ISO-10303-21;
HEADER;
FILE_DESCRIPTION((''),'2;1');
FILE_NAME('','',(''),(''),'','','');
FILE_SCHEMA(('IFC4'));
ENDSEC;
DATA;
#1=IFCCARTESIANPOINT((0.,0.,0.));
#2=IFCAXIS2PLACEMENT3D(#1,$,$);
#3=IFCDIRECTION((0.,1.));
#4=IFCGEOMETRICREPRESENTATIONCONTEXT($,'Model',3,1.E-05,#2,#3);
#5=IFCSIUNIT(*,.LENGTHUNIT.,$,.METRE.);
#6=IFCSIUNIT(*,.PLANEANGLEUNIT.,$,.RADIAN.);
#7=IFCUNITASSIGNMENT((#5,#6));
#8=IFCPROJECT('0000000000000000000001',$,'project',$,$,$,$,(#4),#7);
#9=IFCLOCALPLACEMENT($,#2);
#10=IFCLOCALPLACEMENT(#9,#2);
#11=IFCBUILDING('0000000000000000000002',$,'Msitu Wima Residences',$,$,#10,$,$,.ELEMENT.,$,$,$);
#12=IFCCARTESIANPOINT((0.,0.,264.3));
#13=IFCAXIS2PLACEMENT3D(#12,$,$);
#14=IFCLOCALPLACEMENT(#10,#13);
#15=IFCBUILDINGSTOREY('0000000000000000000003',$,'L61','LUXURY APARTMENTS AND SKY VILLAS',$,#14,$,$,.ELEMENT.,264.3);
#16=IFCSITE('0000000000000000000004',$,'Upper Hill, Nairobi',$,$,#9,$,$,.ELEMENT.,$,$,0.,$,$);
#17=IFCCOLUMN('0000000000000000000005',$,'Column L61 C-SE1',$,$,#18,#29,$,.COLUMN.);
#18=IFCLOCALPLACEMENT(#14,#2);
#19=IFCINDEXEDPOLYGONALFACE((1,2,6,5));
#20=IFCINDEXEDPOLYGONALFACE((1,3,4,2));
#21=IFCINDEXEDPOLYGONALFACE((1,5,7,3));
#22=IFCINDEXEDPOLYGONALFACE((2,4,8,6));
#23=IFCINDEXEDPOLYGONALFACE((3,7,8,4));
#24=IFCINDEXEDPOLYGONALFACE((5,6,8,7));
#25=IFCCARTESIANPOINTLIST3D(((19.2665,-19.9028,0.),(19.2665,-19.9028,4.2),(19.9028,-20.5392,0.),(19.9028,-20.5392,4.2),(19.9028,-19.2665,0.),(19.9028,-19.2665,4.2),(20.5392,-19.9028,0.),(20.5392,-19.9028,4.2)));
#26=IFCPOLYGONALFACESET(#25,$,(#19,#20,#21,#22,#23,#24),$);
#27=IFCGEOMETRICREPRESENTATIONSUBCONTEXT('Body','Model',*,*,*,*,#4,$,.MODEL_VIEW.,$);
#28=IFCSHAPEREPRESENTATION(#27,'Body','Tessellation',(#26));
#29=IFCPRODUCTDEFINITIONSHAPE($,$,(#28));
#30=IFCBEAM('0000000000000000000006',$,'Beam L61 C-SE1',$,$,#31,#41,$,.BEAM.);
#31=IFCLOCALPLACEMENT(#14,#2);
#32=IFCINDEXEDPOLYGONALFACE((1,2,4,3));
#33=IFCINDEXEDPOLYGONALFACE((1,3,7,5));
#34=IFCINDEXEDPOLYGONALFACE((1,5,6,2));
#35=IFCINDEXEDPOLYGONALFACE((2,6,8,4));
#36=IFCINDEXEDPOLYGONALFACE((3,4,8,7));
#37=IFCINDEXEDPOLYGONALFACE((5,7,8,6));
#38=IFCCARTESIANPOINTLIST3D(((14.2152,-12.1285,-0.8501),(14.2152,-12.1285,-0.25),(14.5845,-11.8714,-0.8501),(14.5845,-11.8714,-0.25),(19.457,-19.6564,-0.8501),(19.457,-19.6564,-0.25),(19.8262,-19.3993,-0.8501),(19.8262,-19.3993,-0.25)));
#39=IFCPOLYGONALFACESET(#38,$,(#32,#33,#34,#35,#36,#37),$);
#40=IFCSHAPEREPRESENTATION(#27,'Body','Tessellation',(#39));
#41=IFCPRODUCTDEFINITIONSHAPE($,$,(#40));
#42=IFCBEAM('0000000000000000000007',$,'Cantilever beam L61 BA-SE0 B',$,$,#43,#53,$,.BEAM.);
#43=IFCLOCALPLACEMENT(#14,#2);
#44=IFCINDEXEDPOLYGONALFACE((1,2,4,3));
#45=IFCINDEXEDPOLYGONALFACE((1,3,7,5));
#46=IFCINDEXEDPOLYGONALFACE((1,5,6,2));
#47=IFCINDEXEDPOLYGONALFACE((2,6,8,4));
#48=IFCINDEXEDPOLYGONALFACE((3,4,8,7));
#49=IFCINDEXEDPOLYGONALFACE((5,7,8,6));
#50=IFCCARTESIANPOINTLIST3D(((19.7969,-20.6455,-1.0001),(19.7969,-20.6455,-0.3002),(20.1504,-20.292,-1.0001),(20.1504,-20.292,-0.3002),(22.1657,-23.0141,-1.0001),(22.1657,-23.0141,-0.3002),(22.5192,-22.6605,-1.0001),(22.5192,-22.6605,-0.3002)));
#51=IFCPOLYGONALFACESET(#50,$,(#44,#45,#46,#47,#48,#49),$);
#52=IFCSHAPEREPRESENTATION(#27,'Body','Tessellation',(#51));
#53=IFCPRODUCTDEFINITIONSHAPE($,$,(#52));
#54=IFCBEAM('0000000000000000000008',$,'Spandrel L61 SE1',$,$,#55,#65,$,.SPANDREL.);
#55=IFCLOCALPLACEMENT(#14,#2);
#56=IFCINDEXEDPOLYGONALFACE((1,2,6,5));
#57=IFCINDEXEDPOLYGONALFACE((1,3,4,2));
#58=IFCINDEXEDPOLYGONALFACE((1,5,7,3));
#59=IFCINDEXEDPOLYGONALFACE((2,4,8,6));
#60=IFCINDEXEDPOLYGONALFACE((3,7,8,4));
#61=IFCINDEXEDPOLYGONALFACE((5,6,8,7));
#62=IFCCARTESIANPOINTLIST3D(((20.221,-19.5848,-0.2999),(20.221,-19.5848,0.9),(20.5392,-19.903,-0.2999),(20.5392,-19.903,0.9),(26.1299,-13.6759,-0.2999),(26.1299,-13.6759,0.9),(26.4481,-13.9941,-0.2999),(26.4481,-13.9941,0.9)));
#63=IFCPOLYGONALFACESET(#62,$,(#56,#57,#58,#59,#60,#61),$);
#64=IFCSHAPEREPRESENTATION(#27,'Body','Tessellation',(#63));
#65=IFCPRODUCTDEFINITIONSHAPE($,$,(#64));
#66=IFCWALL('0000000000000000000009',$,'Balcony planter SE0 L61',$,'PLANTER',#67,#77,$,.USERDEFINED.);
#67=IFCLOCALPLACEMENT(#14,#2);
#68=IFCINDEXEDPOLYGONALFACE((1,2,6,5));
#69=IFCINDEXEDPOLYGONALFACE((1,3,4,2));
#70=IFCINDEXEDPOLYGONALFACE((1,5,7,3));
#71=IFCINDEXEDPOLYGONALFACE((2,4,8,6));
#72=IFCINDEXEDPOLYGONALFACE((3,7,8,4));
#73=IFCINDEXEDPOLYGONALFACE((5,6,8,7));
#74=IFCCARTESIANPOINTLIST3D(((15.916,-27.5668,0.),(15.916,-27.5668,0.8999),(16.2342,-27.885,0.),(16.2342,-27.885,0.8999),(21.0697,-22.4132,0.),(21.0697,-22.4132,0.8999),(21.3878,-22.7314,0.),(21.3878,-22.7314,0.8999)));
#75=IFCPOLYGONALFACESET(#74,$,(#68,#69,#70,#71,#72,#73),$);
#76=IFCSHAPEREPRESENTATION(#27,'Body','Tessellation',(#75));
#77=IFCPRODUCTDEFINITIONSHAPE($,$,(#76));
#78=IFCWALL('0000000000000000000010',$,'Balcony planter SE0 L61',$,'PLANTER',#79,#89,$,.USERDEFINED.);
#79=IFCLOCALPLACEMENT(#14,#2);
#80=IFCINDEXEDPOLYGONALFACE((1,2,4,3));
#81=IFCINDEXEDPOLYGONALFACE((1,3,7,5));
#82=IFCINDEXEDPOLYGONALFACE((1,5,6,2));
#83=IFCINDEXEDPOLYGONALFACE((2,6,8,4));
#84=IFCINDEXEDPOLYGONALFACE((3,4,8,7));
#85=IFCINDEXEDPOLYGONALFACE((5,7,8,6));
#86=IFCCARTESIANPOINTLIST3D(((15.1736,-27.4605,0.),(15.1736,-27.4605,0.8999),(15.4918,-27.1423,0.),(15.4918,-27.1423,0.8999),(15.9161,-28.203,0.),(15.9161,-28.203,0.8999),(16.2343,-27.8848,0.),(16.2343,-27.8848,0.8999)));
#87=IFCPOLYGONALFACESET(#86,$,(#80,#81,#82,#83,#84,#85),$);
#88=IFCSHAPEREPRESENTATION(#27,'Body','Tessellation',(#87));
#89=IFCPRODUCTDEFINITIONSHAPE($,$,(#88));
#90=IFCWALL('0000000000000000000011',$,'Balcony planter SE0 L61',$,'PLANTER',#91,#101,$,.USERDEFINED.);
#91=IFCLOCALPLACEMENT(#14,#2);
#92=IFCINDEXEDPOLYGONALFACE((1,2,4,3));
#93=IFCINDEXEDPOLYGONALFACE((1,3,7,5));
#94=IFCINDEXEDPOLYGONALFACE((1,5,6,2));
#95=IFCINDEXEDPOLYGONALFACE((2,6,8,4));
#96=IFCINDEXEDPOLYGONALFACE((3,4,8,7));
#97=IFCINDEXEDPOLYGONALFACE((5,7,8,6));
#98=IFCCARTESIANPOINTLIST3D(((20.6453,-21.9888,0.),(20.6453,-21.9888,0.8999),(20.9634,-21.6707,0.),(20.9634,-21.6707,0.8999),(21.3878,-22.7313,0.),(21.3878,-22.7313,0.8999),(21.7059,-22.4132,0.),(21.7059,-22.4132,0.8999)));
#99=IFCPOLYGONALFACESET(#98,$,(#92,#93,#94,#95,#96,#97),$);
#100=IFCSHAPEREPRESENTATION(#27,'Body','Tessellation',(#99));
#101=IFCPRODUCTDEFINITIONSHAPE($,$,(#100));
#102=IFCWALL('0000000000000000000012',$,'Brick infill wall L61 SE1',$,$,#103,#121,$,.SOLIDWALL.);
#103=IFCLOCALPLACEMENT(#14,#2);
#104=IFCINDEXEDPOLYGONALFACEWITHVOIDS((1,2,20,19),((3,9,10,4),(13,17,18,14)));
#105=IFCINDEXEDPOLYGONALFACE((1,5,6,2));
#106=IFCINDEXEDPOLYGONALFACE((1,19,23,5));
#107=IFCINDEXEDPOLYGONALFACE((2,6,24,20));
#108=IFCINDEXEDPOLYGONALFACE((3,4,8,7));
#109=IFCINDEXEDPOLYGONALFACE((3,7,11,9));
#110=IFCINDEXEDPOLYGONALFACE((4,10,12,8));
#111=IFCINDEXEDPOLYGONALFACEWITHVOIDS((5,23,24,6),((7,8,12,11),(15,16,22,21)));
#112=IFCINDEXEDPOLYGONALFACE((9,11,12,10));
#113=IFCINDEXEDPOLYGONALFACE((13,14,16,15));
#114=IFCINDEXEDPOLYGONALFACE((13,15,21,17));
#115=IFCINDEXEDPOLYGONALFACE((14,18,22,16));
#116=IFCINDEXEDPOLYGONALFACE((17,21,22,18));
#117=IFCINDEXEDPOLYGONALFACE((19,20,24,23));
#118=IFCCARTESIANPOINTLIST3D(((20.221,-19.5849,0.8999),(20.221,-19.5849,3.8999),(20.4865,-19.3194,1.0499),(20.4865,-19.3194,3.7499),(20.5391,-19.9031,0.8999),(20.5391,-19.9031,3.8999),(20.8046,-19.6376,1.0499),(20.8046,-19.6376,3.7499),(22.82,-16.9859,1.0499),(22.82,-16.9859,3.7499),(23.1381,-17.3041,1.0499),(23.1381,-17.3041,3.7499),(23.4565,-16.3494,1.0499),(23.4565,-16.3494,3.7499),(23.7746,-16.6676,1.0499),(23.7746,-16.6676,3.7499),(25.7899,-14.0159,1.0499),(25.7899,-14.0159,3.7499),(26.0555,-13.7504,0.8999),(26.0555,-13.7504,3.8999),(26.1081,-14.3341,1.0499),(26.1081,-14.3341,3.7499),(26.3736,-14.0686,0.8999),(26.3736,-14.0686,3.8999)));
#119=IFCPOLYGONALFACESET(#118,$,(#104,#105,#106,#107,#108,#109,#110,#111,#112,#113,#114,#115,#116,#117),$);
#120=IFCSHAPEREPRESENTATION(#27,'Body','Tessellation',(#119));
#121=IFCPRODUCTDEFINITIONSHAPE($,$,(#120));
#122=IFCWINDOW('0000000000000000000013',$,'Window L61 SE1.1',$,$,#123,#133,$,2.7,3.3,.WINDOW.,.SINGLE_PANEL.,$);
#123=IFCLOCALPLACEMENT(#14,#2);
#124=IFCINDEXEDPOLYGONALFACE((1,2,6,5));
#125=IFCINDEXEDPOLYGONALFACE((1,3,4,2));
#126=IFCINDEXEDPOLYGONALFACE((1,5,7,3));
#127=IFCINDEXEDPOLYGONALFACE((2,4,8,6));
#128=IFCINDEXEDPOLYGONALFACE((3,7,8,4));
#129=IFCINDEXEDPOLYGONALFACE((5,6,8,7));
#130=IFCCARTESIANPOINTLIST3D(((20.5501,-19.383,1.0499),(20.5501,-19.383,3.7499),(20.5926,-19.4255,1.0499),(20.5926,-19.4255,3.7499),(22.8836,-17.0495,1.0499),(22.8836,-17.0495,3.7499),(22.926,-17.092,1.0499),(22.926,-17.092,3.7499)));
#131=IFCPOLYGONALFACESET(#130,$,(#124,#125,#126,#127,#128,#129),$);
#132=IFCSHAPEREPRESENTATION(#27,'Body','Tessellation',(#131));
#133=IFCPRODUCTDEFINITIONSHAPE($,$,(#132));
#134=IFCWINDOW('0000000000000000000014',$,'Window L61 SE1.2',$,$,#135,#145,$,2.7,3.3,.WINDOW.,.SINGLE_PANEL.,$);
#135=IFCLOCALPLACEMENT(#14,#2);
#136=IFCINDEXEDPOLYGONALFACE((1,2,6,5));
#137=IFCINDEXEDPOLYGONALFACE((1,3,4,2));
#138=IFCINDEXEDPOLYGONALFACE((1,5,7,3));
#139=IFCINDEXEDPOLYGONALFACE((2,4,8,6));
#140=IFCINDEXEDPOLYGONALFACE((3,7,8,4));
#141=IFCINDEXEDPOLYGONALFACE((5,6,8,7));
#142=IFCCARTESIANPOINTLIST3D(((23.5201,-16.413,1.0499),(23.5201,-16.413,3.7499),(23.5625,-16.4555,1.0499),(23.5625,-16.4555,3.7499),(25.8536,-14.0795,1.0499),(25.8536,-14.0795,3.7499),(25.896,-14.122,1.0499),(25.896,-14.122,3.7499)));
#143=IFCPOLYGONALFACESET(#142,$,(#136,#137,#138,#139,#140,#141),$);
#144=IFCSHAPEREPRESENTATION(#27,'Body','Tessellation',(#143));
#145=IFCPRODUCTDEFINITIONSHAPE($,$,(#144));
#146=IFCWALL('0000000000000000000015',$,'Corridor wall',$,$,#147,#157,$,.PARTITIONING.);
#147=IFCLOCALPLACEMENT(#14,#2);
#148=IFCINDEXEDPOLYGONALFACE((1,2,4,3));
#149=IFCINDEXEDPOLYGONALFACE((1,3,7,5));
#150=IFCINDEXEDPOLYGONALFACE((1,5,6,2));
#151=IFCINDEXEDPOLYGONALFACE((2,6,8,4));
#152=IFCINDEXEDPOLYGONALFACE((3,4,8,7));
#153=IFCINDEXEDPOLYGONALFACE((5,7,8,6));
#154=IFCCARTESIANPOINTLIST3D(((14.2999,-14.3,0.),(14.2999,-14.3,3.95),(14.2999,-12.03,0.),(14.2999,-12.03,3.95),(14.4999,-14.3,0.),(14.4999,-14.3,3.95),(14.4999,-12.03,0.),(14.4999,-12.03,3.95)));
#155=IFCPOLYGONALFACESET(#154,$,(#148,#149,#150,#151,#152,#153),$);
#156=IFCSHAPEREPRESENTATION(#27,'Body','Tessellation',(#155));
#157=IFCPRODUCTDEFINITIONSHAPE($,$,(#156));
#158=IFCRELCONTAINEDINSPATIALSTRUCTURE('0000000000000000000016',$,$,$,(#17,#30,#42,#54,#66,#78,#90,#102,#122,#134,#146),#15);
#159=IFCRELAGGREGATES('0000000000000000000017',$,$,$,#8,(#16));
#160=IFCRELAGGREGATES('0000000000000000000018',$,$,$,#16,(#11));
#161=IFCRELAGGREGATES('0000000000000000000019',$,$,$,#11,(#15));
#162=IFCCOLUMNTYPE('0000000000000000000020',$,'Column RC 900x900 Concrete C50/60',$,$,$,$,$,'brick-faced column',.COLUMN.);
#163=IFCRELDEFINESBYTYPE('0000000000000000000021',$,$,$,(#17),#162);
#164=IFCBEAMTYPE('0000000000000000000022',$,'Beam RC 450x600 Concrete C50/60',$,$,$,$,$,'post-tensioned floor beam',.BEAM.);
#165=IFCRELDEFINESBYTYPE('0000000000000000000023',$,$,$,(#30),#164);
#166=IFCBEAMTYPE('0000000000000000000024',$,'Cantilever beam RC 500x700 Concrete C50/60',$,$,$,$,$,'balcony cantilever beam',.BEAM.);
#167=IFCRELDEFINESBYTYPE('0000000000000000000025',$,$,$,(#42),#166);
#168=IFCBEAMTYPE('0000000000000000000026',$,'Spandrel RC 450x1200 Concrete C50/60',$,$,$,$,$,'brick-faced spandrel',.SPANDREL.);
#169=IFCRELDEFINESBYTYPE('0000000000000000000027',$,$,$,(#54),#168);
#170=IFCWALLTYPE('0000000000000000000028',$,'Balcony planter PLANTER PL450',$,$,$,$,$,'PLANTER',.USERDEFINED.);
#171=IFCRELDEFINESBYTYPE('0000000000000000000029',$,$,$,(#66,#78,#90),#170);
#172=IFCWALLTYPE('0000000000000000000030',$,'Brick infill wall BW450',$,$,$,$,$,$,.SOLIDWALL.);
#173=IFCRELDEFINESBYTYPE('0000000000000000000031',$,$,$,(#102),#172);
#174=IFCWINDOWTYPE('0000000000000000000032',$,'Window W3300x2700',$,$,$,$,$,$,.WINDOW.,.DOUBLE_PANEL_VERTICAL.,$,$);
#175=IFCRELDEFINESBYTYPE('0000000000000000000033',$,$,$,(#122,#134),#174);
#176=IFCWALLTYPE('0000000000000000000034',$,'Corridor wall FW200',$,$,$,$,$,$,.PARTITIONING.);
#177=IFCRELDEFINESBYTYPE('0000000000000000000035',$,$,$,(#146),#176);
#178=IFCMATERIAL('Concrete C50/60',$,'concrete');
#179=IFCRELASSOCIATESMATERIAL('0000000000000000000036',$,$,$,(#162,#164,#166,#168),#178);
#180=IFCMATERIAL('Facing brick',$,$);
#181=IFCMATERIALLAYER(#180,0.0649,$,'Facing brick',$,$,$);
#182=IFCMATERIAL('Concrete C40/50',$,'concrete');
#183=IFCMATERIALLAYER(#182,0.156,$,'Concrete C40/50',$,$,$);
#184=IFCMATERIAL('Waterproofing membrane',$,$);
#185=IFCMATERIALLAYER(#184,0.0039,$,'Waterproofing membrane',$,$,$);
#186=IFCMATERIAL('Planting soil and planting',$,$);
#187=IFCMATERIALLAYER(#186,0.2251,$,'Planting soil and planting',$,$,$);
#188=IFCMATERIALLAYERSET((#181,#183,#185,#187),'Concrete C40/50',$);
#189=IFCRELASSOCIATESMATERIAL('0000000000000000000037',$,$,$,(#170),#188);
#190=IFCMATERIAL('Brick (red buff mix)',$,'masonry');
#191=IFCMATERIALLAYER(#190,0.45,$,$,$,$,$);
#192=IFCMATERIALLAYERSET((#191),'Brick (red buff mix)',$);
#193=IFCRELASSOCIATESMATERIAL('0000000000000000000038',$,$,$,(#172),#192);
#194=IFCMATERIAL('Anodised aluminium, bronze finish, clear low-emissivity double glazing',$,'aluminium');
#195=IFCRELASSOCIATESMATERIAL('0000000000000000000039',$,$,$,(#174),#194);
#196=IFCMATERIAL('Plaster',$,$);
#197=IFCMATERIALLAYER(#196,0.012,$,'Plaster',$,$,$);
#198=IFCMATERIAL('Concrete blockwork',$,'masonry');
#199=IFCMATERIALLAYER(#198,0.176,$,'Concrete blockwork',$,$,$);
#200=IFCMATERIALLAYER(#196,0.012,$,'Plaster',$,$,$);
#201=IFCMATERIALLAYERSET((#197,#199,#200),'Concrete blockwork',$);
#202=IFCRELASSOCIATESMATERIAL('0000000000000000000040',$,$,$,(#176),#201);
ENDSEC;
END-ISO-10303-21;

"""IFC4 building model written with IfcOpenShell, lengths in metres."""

from ifc_helpers import new_model, si_unit, direction, frame, frame_2d, origin, origin_2d, place, context, subcontext, project, spatial, rectangle, extrude, material, layer, layer_set, material_profile, profile_set, type_object, element, fill, save


model = new_model("IFC4")

# Units and contexts
model_context = context("Model", 3, precision=1e-05, world=origin(), true_north=direction((0.0, 1.0)))
body_context = subcontext(model_context, "Body", "Model", "MODEL_VIEW")
ifc_project = project(units=[si_unit("LENGTHUNIT", "METRE"), si_unit("PLANEANGLEUNIT", "RADIAN")], contexts=[model_context])

# Site, building, storey
site_placement = place(None, origin())
site = spatial("IfcSite", under=ifc_project, at=site_placement, Name="Upper Hill, Nairobi", CompositionType="ELEMENT", RefElevation=0.0)
building_placement = place(site_placement, origin())
building = spatial("IfcBuilding", under=site, at=building_placement, Name="Msitu Wima Residences", CompositionType="ELEMENT")
storey_placement = place(building_placement, frame((0.0, 0.0, 264.3)))
storey = spatial("IfcBuildingStorey", under=building, at=storey_placement, Name="L61", Description="LUXURY APARTMENTS AND SKY VILLAS", CompositionType="ELEMENT", Elevation=264.3)

# Column
ifc_material_1 = material(Name="Concrete C50/60", Category="concrete")
ifc_material_profile_1 = material_profile(ifc_material_1, rectangle(XDim=0.8999, YDim=0.8999, at=origin_2d()), Name="RC 900x900")
ifc_profile_set_1 = profile_set([ifc_material_profile_1], Name="Concrete C50/60")
column_type = type_object("IfcColumnType", Name="Column RC 900x900 Concrete C50/60", ElementType="brick-faced column", PredefinedType="COLUMN", material=ifc_profile_set_1)
column_placement = place(storey_placement, frame((19.9028, -19.9028, 0.0), z_axis=(0.0, 0.0, 1.0), x_axis=(0.707107, 0.707107, 0.0)))
element("IfcColumn", 1, at=column_placement, inside=storey, type_object=column_type, Name="Column L61 C-SE1", PredefinedType="COLUMN", context=body_context, shape_type="SweptSolid", body=[
    extrude(rectangle(XDim=0.8999, YDim=0.8999, at=origin_2d()), origin(), (0.0, 0.0, 1.0), 4.2),
])

# Beams
ifc_material_profile_2 = material_profile(ifc_material_1, rectangle(XDim=0.45, YDim=0.6001, at=origin_2d()), Name="RC 450x600")
ifc_profile_set_2 = profile_set([ifc_material_profile_2], Name="Concrete C50/60")
beam_type_1 = type_object("IfcBeamType", Name="Beam RC 450x600 Concrete C50/60", ElementType="post-tensioned floor beam", PredefinedType="BEAM", material=ifc_profile_set_2)
beam_1_placement = place(storey_placement, frame((19.6416, -19.5278, -0.55), z_axis=(-0.571428, 0.820652, 0.0), x_axis=(-0.820652, -0.571428, 0.0)))
element("IfcBeam", 2, at=beam_1_placement, inside=storey, type_object=beam_type_1, Name="Beam L61 C-SE1", PredefinedType="BEAM", context=body_context, shape_type="SweptSolid", body=[
    extrude(rectangle(XDim=0.45, YDim=0.6001, at=origin_2d()), origin(), (0.0, 0.0, 1.0), 9.1731),
])
ifc_material_profile_3 = material_profile(ifc_material_1, rectangle(XDim=0.5, YDim=0.7, at=origin_2d()), Name="RC 500x700")
ifc_profile_set_3 = profile_set([ifc_material_profile_3], Name="Concrete C50/60")
beam_type_2 = type_object("IfcBeamType", Name="Cantilever beam RC 500x700 Concrete C50/60", ElementType="balcony cantilever beam", PredefinedType="BEAM", material=ifc_profile_set_3)
beam_2_placement = place(storey_placement, frame((19.9736, -20.4688, -0.6501), z_axis=(0.707143, -0.70707, 0.0), x_axis=(0.70707, 0.707143, 0.0)))
element("IfcBeam", 3, at=beam_2_placement, inside=storey, type_object=beam_type_2, Name="Cantilever beam L61 BA-SE0 B", PredefinedType="BEAM", context=body_context, shape_type="SweptSolid", body=[
    extrude(rectangle(XDim=0.5, YDim=0.7, at=origin_2d()), origin(), (0.0, 0.0, 1.0), 3.3499),
])
ifc_material_profile_4 = material_profile(ifc_material_1, rectangle(XDim=0.45, YDim=1.2, at=origin_2d()), Name="RC 450x1200")
ifc_profile_set_4 = profile_set([ifc_material_profile_4], Name="Concrete C50/60")
beam_type_3 = type_object("IfcBeamType", Name="Spandrel RC 450x1200 Concrete C50/60", ElementType="brick-faced spandrel", PredefinedType="SPANDREL", material=ifc_profile_set_4)
beam_3_placement = place(storey_placement, frame((20.3801, -19.7439, 0.3), z_axis=(0.707107, 0.707107, 0.0), x_axis=(-0.707107, 0.707107, 0.0)))
element("IfcBeam", 4, at=beam_3_placement, inside=storey, type_object=beam_type_3, Name="Spandrel L61 SE1", PredefinedType="SPANDREL", context=body_context, shape_type="SweptSolid", body=[
    extrude(rectangle(XDim=0.45, YDim=1.2, at=origin_2d()), origin(), (0.0, 0.0, 1.0), 8.3564),
])

# Walls
ifc_material_2 = material(Name="Facing brick")
ifc_layer_1 = layer(ifc_material_2, 0.0649, Name="Facing brick")
ifc_material_3 = material(Name="Concrete C40/50", Category="concrete")
ifc_layer_2 = layer(ifc_material_3, 0.156, Name="Concrete C40/50")
ifc_material_4 = material(Name="Waterproofing membrane")
ifc_layer_3 = layer(ifc_material_4, 0.0039, Name="Waterproofing membrane")
ifc_material_5 = material(Name="Planting soil and planting")
ifc_layer_4 = layer(ifc_material_5, 0.2251, Name="Planting soil and planting")
ifc_layer_set_1 = layer_set([ifc_layer_1, ifc_layer_2, ifc_layer_3, ifc_layer_4], Name="Concrete C40/50")
wall_type_1 = type_object("IfcWallType", Name="Balcony planter PLANTER PL450", ElementType="PLANTER", PredefinedType="USERDEFINED", material=ifc_layer_set_1)
wall_1_placement = place(storey_placement, frame((16.0752, -27.7258, 0.0), z_axis=(0.0, 0.0, 1.0), x_axis=(0.707107, 0.707107, 0.0)))
element("IfcWall", 5, at=wall_1_placement, inside=storey, type_object=wall_type_1, Name="Balcony planter SE0 L61", ObjectType="PLANTER", PredefinedType="USERDEFINED", context=body_context, shape_type="SweptSolid", body=[
    extrude(rectangle(XDim=7.2883, YDim=0.45, at=frame_2d((3.644, 0.0))), origin(), (0.0, 0.0, 1.0), 0.8999),
])
for number, where, z_axis, x_axis, name in (
    (6, (15.3328, -27.3015, 0.0), (0.0, 0.0, 1.0), (0.707107, -0.707107, 0.0), "Balcony planter SE0 L61"),
    (7, (20.8044, -21.8298, 0.0), (0.0, 0.0, 1.0), (0.707107, -0.707107, 0.0), "Balcony planter SE0 L61"),
):
    element("IfcWall", number, at=place(storey_placement, frame(where, z_axis=z_axis, x_axis=x_axis)), inside=storey, type_object=wall_type_1, Name=name, ObjectType="PLANTER", PredefinedType="USERDEFINED", context=body_context, shape_type="SweptSolid", body=[
        extrude(rectangle(XDim=1.05, YDim=0.45, at=frame_2d((0.5249, 0.0))), origin(), (0.0, 0.0, 1.0), 0.8999),
    ])

# Wall, openings, windows
ifc_material_6 = material(Name="Brick (red buff mix)", Category="masonry")
ifc_layer_5 = layer(ifc_material_6, 0.45)
ifc_layer_set_2 = layer_set([ifc_layer_5], Name="Brick (red buff mix)")
wall_type_2 = type_object("IfcWallType", Name="Brick infill wall BW450", PredefinedType="SOLIDWALL", material=ifc_layer_set_2)
wall_2_placement = place(storey_placement, frame((20.3801, -19.7439, 0.8999), z_axis=(0.0, 0.0, 1.0), x_axis=(0.707107, 0.707107, 0.0)))
wall_2 = element("IfcWall", 8, at=wall_2_placement, inside=storey, type_object=wall_type_2, Name="Brick infill wall L61 SE1", PredefinedType="SOLIDWALL", context=body_context, shape_type="SweptSolid", body=[
    extrude(rectangle(XDim=8.2512, YDim=0.45, at=frame_2d((4.1255, 0.0))), origin(), (0.0, 0.0, 1.0), 3.0),
])
opening_1_placement = place(wall_2_placement, frame((0.3755, 0.0, 0.1499)))
opening_1 = element("IfcOpeningElement", 9, at=opening_1_placement, cuts=wall_2, PredefinedType="OPENING", context=body_context, shape_type="SweptSolid", body=[
    extrude(rectangle(XDim=3.3, YDim=2.7, at=frame_2d((1.6499, 1.3501))), frame((0.0, 0.2349, 0.0), z_axis=(0.0, -1.0, 0.0), x_axis=(1.0, 0.0, 0.0)), (0.0, 0.0, 1.0), 0.47),
])
opening_2_placement = place(wall_2_placement, frame((4.5757, 0.0, 0.1499)))
opening_2 = element("IfcOpeningElement", 10, at=opening_2_placement, cuts=wall_2, PredefinedType="OPENING", context=body_context, shape_type="SweptSolid", body=[
    extrude(rectangle(XDim=3.3, YDim=2.7, at=frame_2d((1.6499, 1.3501))), frame((0.0, 0.2349, 0.0), z_axis=(0.0, -1.0, 0.0), x_axis=(1.0, 0.0, 0.0)), (0.0, 0.0, 1.0), 0.47),
])
ifc_material_7 = material(Name="Anodised aluminium, bronze finish, clear low-emissivity double glazing", Category="aluminium")
window_type = type_object("IfcWindowType", Name="Window W3300x2700", PartitioningType="DOUBLE_PANEL_VERTICAL", PredefinedType="WINDOW", material=ifc_material_7)
window_1_placement = place(opening_1_placement, origin())
window_1 = element("IfcWindow", 11, at=window_1_placement, inside=storey, type_object=window_type, Name="Window L61 SE1.1", OverallHeight=2.7, OverallWidth=3.3, PartitioningType="SINGLE_PANEL", PredefinedType="WINDOW", context=body_context, shape_type="SweptSolid", body=[
    extrude(rectangle(XDim=3.3, YDim=2.7, at=frame_2d((1.6499, 1.3501))), frame((0.0, 0.135, 0.0), z_axis=(0.0, -1.0, 0.0), x_axis=(1.0, 0.0, 0.0)), (0.0, 0.0, 1.0), 0.0601),
])
fill(opening_1, window_1)
window_2_placement = place(opening_2_placement, origin())
window_2 = element("IfcWindow", 12, at=window_2_placement, inside=storey, type_object=window_type, Name="Window L61 SE1.2", OverallHeight=2.7, OverallWidth=3.3, PartitioningType="SINGLE_PANEL", PredefinedType="WINDOW", context=body_context, shape_type="SweptSolid", body=[
    extrude(rectangle(XDim=3.3, YDim=2.7, at=frame_2d((1.6499, 1.3501))), frame((0.0, 0.135, 0.0), z_axis=(0.0, -1.0, 0.0), x_axis=(1.0, 0.0, 0.0)), (0.0, 0.0, 1.0), 0.0601),
])
fill(opening_2, window_2)

# Wall
ifc_material_8 = material(Name="Plaster")
ifc_layer_6 = layer(ifc_material_8, 0.012, Name="Plaster")
ifc_material_9 = material(Name="Concrete blockwork", Category="masonry")
ifc_layer_7 = layer(ifc_material_9, 0.176, Name="Concrete blockwork")
ifc_layer_8 = layer(ifc_material_8, 0.012, Name="Plaster")
ifc_layer_set_3 = layer_set([ifc_layer_6, ifc_layer_7, ifc_layer_8], Name="Concrete blockwork")
wall_type_3 = type_object("IfcWallType", Name="Corridor wall FW200", PredefinedType="PARTITIONING", material=ifc_layer_set_3)
wall_3_placement = place(storey_placement, frame((14.3999, -14.3, 0.0), z_axis=(0.0, 0.0, 1.0), x_axis=(0.0, 1.0, 0.0)))
element("IfcWall", 13, at=wall_3_placement, inside=storey, type_object=wall_type_3, Name="Corridor wall", PredefinedType="PARTITIONING", context=body_context, shape_type="SweptSolid", body=[
    extrude(rectangle(XDim=2.27, YDim=0.2, at=frame_2d((1.135, 0.0))), origin(), (0.0, 0.0, 1.0), 3.95),
])

save(model, "model.ifc")
